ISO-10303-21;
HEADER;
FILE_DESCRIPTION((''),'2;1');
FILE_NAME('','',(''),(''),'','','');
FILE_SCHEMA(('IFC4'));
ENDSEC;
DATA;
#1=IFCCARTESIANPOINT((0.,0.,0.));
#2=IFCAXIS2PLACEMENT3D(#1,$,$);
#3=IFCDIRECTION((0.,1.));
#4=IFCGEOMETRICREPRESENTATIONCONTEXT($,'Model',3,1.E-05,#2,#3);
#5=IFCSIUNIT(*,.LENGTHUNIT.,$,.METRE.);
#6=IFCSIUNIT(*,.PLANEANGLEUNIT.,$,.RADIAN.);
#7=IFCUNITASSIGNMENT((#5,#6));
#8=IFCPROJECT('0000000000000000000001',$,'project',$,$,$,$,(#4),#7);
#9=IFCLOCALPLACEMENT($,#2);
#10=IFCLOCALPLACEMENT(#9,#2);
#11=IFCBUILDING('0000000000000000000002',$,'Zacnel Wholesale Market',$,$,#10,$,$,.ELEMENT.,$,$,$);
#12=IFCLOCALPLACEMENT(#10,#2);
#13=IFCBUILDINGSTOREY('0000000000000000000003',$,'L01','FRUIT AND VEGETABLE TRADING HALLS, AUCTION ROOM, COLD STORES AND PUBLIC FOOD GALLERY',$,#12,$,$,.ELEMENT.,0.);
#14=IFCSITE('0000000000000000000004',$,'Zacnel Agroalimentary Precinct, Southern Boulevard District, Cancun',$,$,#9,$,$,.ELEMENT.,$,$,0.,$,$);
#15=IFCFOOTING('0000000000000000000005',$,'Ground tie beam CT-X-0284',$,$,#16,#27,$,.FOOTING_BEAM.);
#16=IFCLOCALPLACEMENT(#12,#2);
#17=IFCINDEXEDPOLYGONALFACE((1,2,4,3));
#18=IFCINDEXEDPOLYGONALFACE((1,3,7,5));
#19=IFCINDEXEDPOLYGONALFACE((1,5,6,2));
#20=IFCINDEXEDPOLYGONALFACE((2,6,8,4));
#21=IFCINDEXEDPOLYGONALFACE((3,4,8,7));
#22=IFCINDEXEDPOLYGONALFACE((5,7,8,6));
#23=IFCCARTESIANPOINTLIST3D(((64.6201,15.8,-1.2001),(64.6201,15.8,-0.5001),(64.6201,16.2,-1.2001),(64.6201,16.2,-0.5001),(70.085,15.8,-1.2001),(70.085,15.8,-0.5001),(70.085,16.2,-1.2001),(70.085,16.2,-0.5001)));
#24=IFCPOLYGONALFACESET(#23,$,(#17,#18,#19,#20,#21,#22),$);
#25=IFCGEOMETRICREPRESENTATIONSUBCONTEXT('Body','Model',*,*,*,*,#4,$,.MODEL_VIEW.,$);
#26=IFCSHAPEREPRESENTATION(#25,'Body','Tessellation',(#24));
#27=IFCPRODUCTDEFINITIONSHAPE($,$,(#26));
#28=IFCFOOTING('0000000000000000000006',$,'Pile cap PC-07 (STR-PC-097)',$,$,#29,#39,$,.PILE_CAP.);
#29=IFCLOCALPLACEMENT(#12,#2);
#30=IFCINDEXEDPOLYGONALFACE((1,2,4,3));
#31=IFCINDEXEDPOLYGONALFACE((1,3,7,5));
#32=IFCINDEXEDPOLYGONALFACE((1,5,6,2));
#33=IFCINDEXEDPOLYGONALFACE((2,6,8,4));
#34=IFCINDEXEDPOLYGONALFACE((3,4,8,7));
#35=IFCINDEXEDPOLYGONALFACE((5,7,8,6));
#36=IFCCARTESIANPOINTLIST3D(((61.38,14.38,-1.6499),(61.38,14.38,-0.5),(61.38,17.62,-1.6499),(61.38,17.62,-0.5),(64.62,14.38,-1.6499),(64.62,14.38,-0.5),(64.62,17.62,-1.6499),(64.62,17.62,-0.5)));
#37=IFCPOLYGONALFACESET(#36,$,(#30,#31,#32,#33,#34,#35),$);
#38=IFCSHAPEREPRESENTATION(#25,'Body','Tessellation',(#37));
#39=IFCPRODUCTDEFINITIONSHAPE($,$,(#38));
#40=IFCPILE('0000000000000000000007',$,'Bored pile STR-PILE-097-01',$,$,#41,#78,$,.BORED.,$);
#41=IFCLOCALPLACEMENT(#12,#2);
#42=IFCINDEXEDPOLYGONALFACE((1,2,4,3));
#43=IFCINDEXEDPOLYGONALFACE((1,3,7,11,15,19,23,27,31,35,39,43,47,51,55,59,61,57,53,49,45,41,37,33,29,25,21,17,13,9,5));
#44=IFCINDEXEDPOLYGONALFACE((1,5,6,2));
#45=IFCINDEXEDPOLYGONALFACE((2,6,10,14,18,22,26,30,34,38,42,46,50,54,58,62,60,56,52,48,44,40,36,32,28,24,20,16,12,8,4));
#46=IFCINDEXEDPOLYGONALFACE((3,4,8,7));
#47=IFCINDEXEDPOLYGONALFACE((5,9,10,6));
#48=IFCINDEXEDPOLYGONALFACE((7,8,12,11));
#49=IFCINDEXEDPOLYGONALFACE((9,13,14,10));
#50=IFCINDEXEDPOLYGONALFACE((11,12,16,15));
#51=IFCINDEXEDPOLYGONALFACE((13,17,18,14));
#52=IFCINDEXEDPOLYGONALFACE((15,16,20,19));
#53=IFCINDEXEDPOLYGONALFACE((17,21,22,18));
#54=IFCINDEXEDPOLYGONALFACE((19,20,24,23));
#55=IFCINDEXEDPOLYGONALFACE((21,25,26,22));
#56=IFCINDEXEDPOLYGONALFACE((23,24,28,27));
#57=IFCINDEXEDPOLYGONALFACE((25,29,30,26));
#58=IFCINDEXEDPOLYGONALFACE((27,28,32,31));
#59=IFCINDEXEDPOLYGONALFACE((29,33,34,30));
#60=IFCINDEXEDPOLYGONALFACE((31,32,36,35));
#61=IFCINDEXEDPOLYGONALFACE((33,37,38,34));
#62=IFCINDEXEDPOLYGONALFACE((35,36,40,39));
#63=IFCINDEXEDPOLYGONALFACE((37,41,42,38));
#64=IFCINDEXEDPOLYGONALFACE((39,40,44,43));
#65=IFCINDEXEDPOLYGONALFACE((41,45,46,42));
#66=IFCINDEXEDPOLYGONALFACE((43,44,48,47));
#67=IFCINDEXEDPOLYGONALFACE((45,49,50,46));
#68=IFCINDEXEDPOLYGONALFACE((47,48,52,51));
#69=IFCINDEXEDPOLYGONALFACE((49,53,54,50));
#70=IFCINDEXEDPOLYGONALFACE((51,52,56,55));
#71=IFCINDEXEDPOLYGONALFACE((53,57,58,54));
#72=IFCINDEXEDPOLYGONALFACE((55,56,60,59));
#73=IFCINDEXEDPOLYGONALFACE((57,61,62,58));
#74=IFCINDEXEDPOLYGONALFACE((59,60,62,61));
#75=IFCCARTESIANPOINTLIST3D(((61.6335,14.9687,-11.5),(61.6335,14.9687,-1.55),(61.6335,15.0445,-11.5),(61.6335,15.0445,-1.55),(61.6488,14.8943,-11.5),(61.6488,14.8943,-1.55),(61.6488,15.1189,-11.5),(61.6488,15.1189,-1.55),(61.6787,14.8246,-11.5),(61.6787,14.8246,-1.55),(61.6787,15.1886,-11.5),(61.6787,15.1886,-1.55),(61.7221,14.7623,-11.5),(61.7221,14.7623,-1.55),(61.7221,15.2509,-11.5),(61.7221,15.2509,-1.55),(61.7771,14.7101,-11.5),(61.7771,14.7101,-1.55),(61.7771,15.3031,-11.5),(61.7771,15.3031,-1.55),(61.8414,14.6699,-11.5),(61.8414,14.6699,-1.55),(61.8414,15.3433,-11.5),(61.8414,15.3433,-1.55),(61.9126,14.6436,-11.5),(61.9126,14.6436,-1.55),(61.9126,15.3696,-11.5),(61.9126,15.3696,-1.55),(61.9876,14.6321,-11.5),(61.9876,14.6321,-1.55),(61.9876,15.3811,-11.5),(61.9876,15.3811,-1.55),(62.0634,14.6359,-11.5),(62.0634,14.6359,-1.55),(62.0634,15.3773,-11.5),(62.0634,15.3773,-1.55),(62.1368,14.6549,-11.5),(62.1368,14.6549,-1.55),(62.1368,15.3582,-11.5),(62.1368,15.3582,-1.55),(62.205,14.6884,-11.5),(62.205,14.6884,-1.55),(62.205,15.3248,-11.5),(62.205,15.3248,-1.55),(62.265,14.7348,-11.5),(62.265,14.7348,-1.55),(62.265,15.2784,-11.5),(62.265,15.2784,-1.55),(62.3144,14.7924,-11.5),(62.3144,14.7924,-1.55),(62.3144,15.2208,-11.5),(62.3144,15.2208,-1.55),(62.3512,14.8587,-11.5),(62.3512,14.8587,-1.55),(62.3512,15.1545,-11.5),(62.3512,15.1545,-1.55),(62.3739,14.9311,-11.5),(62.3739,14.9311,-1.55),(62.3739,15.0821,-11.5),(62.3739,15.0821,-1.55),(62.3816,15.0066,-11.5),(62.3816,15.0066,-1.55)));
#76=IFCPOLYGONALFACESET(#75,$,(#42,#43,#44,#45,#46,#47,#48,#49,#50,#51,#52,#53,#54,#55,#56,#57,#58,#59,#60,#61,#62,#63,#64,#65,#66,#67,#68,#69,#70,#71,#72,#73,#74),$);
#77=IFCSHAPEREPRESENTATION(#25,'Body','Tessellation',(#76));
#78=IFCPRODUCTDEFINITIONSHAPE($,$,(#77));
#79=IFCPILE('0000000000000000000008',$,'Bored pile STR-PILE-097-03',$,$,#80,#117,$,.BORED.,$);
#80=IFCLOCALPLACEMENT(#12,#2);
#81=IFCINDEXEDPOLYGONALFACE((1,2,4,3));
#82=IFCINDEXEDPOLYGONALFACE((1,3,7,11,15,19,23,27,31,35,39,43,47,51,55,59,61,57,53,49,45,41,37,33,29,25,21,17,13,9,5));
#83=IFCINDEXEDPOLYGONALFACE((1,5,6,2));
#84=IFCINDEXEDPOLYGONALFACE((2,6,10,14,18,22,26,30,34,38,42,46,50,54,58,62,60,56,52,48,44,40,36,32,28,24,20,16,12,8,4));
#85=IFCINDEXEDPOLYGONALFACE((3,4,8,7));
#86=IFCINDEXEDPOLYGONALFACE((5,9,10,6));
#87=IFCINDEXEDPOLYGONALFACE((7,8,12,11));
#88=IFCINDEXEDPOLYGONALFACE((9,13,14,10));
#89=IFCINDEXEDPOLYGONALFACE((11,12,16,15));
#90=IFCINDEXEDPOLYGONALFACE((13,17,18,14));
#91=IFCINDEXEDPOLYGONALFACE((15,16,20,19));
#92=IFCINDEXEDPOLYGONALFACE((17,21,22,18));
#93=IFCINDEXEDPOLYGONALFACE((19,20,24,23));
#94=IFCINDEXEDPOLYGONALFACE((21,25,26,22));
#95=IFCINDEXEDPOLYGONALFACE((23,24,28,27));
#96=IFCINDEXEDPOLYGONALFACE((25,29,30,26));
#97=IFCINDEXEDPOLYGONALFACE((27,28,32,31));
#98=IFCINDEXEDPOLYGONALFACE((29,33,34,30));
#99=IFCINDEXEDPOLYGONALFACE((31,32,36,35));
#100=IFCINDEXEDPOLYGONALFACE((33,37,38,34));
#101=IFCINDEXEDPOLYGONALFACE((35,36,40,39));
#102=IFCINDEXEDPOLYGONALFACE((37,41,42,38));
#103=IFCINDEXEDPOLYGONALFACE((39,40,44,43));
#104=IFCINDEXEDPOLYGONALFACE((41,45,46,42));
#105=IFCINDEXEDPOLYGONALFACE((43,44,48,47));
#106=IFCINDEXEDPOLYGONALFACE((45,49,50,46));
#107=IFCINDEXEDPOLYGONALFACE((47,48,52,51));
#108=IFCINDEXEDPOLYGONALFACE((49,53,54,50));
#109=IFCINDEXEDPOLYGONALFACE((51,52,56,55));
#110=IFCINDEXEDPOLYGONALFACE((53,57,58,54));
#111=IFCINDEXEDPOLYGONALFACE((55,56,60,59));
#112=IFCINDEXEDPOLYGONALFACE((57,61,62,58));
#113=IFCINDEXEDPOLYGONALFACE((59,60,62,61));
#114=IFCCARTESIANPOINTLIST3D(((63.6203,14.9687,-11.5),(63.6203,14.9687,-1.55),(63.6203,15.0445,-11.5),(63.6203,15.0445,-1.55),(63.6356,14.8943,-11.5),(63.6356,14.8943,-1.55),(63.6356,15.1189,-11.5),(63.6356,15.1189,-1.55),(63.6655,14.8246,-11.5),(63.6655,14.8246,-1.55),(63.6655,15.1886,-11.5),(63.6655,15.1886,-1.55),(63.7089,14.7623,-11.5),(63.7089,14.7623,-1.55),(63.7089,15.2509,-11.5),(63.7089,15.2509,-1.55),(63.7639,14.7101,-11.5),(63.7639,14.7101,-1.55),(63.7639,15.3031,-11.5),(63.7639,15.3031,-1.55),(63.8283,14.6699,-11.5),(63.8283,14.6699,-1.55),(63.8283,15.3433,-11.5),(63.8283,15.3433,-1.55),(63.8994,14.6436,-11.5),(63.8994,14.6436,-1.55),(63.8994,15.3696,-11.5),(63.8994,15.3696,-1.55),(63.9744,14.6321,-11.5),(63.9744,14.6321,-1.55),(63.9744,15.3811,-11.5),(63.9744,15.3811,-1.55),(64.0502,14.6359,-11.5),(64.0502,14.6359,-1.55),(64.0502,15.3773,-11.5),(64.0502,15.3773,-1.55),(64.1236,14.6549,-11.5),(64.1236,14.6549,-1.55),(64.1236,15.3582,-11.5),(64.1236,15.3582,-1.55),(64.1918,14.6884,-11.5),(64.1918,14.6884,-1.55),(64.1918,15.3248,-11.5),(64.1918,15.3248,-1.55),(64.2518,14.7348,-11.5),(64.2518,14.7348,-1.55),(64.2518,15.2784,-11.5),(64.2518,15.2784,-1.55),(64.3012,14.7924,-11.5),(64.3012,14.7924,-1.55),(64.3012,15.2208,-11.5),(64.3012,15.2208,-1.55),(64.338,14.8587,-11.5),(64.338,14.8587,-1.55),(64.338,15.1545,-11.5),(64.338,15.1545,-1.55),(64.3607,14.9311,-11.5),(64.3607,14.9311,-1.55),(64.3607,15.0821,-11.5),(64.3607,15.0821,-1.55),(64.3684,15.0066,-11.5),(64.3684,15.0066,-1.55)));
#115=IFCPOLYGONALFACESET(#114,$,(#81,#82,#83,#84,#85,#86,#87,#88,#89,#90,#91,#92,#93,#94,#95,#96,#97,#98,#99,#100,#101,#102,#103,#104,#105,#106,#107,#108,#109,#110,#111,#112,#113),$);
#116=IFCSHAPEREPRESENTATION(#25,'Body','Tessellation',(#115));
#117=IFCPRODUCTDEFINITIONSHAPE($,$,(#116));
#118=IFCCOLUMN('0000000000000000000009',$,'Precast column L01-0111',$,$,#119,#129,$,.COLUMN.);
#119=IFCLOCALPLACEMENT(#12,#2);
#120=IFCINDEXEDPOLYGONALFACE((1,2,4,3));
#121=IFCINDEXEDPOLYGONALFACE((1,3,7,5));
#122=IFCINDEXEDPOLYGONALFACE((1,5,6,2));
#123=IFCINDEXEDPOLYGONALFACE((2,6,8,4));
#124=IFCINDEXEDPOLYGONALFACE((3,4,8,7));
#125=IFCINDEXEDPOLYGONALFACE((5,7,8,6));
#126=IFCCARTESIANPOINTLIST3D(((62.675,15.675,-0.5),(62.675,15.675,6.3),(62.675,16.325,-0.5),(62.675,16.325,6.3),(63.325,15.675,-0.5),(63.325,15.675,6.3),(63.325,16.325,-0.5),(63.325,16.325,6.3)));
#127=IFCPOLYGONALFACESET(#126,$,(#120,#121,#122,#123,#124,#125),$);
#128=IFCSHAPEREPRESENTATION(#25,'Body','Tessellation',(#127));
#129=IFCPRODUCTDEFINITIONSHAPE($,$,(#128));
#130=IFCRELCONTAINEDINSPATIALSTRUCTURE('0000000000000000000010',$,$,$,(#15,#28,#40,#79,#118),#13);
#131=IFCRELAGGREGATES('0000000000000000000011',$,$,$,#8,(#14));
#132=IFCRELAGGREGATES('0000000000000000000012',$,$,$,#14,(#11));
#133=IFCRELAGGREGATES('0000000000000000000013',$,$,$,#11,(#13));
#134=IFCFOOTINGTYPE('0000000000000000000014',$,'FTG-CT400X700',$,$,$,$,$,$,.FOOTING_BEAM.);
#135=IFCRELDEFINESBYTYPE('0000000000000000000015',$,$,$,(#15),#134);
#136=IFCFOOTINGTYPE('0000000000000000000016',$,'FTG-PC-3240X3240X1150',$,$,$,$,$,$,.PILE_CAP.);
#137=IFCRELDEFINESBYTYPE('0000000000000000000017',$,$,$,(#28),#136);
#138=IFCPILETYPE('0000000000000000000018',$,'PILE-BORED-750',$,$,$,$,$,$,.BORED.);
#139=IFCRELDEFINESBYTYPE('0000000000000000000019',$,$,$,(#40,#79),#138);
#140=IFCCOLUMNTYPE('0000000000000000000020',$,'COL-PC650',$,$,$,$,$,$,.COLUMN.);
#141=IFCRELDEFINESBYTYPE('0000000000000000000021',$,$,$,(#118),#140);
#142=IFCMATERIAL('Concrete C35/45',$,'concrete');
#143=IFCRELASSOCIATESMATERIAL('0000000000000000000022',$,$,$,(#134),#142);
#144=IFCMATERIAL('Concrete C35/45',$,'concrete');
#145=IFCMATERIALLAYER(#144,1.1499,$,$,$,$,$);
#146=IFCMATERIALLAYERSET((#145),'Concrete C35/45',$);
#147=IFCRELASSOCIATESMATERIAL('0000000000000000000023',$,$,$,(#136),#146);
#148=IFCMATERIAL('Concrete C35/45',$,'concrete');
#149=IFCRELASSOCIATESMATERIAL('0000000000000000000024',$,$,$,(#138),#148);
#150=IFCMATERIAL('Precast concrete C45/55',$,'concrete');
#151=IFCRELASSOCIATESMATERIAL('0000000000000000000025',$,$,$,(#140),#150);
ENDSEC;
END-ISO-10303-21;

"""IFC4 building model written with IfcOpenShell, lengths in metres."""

from ifc_helpers import new_model, si_unit, direction, frame, origin, origin_2d, place, context, subcontext, project, spatial, rectangle, circle, extrude, material, layer, layer_set, material_profile, profile_set, type_object, element, save


model = new_model("IFC4")

# Units and contexts
model_context = context("Model", 3, precision=1e-05, world=origin(), true_north=direction((0.0, 1.0)))
body_context = subcontext(model_context, "Body", "Model", "MODEL_VIEW")
ifc_project = project(units=[si_unit("LENGTHUNIT", "METRE"), si_unit("PLANEANGLEUNIT", "RADIAN")], contexts=[model_context])

# Site, building, storey
site_placement = place(None, origin())
site = spatial("IfcSite", under=ifc_project, at=site_placement, Name="Zacnel Agroalimentary Precinct, Southern Boulevard District, Cancun", CompositionType="ELEMENT", RefElevation=0.0)
building_placement = place(site_placement, origin())
building = spatial("IfcBuilding", under=site, at=building_placement, Name="Zacnel Wholesale Market", CompositionType="ELEMENT")
storey_placement = place(building_placement, origin())
storey = spatial("IfcBuildingStorey", under=building, at=storey_placement, Name="L01", Description="FRUIT AND VEGETABLE TRADING HALLS, AUCTION ROOM, COLD STORES AND PUBLIC FOOD GALLERY", CompositionType="ELEMENT", Elevation=0.0)

# Footings
ifc_material_1 = material(Name="Concrete C35/45", Category="concrete")
ifc_material_profile_1 = material_profile(ifc_material_1, rectangle(XDim=0.3999, YDim=0.7, at=origin_2d()), Name="CT 400x700")
ifc_profile_set_1 = profile_set([ifc_material_profile_1], Name="Concrete C35/45")
footing_type_1 = type_object("IfcFootingType", Name="FTG-CT400X700", PredefinedType="FOOTING_BEAM", material=ifc_profile_set_1)
footing_1_placement = place(storey_placement, frame((64.6201, 16.0, -0.8501), z_axis=(1.0, 0.0, 0.0), x_axis=(0.0, 1.0, 0.0)))
element("IfcFooting", 1, at=footing_1_placement, inside=storey, type_object=footing_type_1, Name="Ground tie beam CT-X-0284", PredefinedType="FOOTING_BEAM", context=body_context, shape_type="SweptSolid", body=[
    extrude(rectangle(XDim=0.3999, YDim=0.7, at=origin_2d()), origin(), (0.0, 0.0, 1.0), 5.4648),
])
ifc_material_2 = material(Name="Concrete C35/45", Category="concrete")
ifc_layer_1 = layer(ifc_material_2, 1.1499)
ifc_layer_set_1 = layer_set([ifc_layer_1], Name="Concrete C35/45")
footing_type_2 = type_object("IfcFootingType", Name="FTG-PC-3240X3240X1150", PredefinedType="PILE_CAP", material=ifc_layer_set_1)
footing_2_placement = place(storey_placement, frame((63.0, 16.0, -1.6499), z_axis=(0.0, 0.0, 1.0), x_axis=(1.0, 0.0, 0.0)))
element("IfcFooting", 2, at=footing_2_placement, inside=storey, type_object=footing_type_2, Name="Pile cap PC-07 (STR-PC-097)", PredefinedType="PILE_CAP", context=body_context, shape_type="SweptSolid", body=[
    extrude(rectangle(XDim=3.24, YDim=3.24, at=origin_2d()), origin(), (0.0, 0.0, 1.0), 1.1499),
])

# Piles
ifc_material_3 = material(Name="Concrete C35/45", Category="concrete")
ifc_material_profile_2 = material_profile(ifc_material_3, circle(Radius=0.375, at=origin_2d()), Name="BORED PILE D750")
ifc_profile_set_2 = profile_set([ifc_material_profile_2], Name="Concrete C35/45")
pile_type = type_object("IfcPileType", Name="PILE-BORED-750", PredefinedType="BORED", material=ifc_profile_set_2)
for number, where, z_axis, x_axis, name in (
    (3, (62.0066, 15.0066, -1.55), (0.0, 0.0, -1.0), (1.0, 0.0, 0.0), "Bored pile STR-PILE-097-01"),
    (4, (63.9934, 15.0066, -1.55), (0.0, 0.0, -1.0), (1.0, 0.0, 0.0), "Bored pile STR-PILE-097-03"),
):
    element("IfcPile", number, at=place(storey_placement, frame(where, z_axis=z_axis, x_axis=x_axis)), inside=storey, type_object=pile_type, Name=name, PredefinedType="BORED", context=body_context, shape_type="SweptSolid", body=[
        extrude(circle(Radius=0.375, at=origin_2d()), origin(), (0.0, 0.0, 1.0), 9.95),
    ])

# Column
ifc_material_4 = material(Name="Precast concrete C45/55", Category="concrete")
ifc_material_profile_3 = material_profile(ifc_material_4, rectangle(XDim=0.6499, YDim=0.6499, at=origin_2d()), Name="PC 650x650")
ifc_profile_set_3 = profile_set([ifc_material_profile_3], Name="Precast concrete C45/55")
column_type_1 = type_object("IfcColumnType", Name="COL-PC650", PredefinedType="COLUMN", material=ifc_profile_set_3)
column_placement = place(storey_placement, frame((63.0, 16.0, -0.5), z_axis=(0.0, 0.0, 1.0), x_axis=(1.0, 0.0, 0.0)))
element("IfcColumn", 5, at=column_placement, inside=storey, type_object=column_type_1, Name="Precast column L01-0111", PredefinedType="COLUMN", context=body_context, shape_type="SweptSolid", body=[
    extrude(rectangle(XDim=0.6499, YDim=0.6499, at=origin_2d()), origin(), (0.0, 0.0, 1.0), 6.8),
])

save(model, "model.ifc")
